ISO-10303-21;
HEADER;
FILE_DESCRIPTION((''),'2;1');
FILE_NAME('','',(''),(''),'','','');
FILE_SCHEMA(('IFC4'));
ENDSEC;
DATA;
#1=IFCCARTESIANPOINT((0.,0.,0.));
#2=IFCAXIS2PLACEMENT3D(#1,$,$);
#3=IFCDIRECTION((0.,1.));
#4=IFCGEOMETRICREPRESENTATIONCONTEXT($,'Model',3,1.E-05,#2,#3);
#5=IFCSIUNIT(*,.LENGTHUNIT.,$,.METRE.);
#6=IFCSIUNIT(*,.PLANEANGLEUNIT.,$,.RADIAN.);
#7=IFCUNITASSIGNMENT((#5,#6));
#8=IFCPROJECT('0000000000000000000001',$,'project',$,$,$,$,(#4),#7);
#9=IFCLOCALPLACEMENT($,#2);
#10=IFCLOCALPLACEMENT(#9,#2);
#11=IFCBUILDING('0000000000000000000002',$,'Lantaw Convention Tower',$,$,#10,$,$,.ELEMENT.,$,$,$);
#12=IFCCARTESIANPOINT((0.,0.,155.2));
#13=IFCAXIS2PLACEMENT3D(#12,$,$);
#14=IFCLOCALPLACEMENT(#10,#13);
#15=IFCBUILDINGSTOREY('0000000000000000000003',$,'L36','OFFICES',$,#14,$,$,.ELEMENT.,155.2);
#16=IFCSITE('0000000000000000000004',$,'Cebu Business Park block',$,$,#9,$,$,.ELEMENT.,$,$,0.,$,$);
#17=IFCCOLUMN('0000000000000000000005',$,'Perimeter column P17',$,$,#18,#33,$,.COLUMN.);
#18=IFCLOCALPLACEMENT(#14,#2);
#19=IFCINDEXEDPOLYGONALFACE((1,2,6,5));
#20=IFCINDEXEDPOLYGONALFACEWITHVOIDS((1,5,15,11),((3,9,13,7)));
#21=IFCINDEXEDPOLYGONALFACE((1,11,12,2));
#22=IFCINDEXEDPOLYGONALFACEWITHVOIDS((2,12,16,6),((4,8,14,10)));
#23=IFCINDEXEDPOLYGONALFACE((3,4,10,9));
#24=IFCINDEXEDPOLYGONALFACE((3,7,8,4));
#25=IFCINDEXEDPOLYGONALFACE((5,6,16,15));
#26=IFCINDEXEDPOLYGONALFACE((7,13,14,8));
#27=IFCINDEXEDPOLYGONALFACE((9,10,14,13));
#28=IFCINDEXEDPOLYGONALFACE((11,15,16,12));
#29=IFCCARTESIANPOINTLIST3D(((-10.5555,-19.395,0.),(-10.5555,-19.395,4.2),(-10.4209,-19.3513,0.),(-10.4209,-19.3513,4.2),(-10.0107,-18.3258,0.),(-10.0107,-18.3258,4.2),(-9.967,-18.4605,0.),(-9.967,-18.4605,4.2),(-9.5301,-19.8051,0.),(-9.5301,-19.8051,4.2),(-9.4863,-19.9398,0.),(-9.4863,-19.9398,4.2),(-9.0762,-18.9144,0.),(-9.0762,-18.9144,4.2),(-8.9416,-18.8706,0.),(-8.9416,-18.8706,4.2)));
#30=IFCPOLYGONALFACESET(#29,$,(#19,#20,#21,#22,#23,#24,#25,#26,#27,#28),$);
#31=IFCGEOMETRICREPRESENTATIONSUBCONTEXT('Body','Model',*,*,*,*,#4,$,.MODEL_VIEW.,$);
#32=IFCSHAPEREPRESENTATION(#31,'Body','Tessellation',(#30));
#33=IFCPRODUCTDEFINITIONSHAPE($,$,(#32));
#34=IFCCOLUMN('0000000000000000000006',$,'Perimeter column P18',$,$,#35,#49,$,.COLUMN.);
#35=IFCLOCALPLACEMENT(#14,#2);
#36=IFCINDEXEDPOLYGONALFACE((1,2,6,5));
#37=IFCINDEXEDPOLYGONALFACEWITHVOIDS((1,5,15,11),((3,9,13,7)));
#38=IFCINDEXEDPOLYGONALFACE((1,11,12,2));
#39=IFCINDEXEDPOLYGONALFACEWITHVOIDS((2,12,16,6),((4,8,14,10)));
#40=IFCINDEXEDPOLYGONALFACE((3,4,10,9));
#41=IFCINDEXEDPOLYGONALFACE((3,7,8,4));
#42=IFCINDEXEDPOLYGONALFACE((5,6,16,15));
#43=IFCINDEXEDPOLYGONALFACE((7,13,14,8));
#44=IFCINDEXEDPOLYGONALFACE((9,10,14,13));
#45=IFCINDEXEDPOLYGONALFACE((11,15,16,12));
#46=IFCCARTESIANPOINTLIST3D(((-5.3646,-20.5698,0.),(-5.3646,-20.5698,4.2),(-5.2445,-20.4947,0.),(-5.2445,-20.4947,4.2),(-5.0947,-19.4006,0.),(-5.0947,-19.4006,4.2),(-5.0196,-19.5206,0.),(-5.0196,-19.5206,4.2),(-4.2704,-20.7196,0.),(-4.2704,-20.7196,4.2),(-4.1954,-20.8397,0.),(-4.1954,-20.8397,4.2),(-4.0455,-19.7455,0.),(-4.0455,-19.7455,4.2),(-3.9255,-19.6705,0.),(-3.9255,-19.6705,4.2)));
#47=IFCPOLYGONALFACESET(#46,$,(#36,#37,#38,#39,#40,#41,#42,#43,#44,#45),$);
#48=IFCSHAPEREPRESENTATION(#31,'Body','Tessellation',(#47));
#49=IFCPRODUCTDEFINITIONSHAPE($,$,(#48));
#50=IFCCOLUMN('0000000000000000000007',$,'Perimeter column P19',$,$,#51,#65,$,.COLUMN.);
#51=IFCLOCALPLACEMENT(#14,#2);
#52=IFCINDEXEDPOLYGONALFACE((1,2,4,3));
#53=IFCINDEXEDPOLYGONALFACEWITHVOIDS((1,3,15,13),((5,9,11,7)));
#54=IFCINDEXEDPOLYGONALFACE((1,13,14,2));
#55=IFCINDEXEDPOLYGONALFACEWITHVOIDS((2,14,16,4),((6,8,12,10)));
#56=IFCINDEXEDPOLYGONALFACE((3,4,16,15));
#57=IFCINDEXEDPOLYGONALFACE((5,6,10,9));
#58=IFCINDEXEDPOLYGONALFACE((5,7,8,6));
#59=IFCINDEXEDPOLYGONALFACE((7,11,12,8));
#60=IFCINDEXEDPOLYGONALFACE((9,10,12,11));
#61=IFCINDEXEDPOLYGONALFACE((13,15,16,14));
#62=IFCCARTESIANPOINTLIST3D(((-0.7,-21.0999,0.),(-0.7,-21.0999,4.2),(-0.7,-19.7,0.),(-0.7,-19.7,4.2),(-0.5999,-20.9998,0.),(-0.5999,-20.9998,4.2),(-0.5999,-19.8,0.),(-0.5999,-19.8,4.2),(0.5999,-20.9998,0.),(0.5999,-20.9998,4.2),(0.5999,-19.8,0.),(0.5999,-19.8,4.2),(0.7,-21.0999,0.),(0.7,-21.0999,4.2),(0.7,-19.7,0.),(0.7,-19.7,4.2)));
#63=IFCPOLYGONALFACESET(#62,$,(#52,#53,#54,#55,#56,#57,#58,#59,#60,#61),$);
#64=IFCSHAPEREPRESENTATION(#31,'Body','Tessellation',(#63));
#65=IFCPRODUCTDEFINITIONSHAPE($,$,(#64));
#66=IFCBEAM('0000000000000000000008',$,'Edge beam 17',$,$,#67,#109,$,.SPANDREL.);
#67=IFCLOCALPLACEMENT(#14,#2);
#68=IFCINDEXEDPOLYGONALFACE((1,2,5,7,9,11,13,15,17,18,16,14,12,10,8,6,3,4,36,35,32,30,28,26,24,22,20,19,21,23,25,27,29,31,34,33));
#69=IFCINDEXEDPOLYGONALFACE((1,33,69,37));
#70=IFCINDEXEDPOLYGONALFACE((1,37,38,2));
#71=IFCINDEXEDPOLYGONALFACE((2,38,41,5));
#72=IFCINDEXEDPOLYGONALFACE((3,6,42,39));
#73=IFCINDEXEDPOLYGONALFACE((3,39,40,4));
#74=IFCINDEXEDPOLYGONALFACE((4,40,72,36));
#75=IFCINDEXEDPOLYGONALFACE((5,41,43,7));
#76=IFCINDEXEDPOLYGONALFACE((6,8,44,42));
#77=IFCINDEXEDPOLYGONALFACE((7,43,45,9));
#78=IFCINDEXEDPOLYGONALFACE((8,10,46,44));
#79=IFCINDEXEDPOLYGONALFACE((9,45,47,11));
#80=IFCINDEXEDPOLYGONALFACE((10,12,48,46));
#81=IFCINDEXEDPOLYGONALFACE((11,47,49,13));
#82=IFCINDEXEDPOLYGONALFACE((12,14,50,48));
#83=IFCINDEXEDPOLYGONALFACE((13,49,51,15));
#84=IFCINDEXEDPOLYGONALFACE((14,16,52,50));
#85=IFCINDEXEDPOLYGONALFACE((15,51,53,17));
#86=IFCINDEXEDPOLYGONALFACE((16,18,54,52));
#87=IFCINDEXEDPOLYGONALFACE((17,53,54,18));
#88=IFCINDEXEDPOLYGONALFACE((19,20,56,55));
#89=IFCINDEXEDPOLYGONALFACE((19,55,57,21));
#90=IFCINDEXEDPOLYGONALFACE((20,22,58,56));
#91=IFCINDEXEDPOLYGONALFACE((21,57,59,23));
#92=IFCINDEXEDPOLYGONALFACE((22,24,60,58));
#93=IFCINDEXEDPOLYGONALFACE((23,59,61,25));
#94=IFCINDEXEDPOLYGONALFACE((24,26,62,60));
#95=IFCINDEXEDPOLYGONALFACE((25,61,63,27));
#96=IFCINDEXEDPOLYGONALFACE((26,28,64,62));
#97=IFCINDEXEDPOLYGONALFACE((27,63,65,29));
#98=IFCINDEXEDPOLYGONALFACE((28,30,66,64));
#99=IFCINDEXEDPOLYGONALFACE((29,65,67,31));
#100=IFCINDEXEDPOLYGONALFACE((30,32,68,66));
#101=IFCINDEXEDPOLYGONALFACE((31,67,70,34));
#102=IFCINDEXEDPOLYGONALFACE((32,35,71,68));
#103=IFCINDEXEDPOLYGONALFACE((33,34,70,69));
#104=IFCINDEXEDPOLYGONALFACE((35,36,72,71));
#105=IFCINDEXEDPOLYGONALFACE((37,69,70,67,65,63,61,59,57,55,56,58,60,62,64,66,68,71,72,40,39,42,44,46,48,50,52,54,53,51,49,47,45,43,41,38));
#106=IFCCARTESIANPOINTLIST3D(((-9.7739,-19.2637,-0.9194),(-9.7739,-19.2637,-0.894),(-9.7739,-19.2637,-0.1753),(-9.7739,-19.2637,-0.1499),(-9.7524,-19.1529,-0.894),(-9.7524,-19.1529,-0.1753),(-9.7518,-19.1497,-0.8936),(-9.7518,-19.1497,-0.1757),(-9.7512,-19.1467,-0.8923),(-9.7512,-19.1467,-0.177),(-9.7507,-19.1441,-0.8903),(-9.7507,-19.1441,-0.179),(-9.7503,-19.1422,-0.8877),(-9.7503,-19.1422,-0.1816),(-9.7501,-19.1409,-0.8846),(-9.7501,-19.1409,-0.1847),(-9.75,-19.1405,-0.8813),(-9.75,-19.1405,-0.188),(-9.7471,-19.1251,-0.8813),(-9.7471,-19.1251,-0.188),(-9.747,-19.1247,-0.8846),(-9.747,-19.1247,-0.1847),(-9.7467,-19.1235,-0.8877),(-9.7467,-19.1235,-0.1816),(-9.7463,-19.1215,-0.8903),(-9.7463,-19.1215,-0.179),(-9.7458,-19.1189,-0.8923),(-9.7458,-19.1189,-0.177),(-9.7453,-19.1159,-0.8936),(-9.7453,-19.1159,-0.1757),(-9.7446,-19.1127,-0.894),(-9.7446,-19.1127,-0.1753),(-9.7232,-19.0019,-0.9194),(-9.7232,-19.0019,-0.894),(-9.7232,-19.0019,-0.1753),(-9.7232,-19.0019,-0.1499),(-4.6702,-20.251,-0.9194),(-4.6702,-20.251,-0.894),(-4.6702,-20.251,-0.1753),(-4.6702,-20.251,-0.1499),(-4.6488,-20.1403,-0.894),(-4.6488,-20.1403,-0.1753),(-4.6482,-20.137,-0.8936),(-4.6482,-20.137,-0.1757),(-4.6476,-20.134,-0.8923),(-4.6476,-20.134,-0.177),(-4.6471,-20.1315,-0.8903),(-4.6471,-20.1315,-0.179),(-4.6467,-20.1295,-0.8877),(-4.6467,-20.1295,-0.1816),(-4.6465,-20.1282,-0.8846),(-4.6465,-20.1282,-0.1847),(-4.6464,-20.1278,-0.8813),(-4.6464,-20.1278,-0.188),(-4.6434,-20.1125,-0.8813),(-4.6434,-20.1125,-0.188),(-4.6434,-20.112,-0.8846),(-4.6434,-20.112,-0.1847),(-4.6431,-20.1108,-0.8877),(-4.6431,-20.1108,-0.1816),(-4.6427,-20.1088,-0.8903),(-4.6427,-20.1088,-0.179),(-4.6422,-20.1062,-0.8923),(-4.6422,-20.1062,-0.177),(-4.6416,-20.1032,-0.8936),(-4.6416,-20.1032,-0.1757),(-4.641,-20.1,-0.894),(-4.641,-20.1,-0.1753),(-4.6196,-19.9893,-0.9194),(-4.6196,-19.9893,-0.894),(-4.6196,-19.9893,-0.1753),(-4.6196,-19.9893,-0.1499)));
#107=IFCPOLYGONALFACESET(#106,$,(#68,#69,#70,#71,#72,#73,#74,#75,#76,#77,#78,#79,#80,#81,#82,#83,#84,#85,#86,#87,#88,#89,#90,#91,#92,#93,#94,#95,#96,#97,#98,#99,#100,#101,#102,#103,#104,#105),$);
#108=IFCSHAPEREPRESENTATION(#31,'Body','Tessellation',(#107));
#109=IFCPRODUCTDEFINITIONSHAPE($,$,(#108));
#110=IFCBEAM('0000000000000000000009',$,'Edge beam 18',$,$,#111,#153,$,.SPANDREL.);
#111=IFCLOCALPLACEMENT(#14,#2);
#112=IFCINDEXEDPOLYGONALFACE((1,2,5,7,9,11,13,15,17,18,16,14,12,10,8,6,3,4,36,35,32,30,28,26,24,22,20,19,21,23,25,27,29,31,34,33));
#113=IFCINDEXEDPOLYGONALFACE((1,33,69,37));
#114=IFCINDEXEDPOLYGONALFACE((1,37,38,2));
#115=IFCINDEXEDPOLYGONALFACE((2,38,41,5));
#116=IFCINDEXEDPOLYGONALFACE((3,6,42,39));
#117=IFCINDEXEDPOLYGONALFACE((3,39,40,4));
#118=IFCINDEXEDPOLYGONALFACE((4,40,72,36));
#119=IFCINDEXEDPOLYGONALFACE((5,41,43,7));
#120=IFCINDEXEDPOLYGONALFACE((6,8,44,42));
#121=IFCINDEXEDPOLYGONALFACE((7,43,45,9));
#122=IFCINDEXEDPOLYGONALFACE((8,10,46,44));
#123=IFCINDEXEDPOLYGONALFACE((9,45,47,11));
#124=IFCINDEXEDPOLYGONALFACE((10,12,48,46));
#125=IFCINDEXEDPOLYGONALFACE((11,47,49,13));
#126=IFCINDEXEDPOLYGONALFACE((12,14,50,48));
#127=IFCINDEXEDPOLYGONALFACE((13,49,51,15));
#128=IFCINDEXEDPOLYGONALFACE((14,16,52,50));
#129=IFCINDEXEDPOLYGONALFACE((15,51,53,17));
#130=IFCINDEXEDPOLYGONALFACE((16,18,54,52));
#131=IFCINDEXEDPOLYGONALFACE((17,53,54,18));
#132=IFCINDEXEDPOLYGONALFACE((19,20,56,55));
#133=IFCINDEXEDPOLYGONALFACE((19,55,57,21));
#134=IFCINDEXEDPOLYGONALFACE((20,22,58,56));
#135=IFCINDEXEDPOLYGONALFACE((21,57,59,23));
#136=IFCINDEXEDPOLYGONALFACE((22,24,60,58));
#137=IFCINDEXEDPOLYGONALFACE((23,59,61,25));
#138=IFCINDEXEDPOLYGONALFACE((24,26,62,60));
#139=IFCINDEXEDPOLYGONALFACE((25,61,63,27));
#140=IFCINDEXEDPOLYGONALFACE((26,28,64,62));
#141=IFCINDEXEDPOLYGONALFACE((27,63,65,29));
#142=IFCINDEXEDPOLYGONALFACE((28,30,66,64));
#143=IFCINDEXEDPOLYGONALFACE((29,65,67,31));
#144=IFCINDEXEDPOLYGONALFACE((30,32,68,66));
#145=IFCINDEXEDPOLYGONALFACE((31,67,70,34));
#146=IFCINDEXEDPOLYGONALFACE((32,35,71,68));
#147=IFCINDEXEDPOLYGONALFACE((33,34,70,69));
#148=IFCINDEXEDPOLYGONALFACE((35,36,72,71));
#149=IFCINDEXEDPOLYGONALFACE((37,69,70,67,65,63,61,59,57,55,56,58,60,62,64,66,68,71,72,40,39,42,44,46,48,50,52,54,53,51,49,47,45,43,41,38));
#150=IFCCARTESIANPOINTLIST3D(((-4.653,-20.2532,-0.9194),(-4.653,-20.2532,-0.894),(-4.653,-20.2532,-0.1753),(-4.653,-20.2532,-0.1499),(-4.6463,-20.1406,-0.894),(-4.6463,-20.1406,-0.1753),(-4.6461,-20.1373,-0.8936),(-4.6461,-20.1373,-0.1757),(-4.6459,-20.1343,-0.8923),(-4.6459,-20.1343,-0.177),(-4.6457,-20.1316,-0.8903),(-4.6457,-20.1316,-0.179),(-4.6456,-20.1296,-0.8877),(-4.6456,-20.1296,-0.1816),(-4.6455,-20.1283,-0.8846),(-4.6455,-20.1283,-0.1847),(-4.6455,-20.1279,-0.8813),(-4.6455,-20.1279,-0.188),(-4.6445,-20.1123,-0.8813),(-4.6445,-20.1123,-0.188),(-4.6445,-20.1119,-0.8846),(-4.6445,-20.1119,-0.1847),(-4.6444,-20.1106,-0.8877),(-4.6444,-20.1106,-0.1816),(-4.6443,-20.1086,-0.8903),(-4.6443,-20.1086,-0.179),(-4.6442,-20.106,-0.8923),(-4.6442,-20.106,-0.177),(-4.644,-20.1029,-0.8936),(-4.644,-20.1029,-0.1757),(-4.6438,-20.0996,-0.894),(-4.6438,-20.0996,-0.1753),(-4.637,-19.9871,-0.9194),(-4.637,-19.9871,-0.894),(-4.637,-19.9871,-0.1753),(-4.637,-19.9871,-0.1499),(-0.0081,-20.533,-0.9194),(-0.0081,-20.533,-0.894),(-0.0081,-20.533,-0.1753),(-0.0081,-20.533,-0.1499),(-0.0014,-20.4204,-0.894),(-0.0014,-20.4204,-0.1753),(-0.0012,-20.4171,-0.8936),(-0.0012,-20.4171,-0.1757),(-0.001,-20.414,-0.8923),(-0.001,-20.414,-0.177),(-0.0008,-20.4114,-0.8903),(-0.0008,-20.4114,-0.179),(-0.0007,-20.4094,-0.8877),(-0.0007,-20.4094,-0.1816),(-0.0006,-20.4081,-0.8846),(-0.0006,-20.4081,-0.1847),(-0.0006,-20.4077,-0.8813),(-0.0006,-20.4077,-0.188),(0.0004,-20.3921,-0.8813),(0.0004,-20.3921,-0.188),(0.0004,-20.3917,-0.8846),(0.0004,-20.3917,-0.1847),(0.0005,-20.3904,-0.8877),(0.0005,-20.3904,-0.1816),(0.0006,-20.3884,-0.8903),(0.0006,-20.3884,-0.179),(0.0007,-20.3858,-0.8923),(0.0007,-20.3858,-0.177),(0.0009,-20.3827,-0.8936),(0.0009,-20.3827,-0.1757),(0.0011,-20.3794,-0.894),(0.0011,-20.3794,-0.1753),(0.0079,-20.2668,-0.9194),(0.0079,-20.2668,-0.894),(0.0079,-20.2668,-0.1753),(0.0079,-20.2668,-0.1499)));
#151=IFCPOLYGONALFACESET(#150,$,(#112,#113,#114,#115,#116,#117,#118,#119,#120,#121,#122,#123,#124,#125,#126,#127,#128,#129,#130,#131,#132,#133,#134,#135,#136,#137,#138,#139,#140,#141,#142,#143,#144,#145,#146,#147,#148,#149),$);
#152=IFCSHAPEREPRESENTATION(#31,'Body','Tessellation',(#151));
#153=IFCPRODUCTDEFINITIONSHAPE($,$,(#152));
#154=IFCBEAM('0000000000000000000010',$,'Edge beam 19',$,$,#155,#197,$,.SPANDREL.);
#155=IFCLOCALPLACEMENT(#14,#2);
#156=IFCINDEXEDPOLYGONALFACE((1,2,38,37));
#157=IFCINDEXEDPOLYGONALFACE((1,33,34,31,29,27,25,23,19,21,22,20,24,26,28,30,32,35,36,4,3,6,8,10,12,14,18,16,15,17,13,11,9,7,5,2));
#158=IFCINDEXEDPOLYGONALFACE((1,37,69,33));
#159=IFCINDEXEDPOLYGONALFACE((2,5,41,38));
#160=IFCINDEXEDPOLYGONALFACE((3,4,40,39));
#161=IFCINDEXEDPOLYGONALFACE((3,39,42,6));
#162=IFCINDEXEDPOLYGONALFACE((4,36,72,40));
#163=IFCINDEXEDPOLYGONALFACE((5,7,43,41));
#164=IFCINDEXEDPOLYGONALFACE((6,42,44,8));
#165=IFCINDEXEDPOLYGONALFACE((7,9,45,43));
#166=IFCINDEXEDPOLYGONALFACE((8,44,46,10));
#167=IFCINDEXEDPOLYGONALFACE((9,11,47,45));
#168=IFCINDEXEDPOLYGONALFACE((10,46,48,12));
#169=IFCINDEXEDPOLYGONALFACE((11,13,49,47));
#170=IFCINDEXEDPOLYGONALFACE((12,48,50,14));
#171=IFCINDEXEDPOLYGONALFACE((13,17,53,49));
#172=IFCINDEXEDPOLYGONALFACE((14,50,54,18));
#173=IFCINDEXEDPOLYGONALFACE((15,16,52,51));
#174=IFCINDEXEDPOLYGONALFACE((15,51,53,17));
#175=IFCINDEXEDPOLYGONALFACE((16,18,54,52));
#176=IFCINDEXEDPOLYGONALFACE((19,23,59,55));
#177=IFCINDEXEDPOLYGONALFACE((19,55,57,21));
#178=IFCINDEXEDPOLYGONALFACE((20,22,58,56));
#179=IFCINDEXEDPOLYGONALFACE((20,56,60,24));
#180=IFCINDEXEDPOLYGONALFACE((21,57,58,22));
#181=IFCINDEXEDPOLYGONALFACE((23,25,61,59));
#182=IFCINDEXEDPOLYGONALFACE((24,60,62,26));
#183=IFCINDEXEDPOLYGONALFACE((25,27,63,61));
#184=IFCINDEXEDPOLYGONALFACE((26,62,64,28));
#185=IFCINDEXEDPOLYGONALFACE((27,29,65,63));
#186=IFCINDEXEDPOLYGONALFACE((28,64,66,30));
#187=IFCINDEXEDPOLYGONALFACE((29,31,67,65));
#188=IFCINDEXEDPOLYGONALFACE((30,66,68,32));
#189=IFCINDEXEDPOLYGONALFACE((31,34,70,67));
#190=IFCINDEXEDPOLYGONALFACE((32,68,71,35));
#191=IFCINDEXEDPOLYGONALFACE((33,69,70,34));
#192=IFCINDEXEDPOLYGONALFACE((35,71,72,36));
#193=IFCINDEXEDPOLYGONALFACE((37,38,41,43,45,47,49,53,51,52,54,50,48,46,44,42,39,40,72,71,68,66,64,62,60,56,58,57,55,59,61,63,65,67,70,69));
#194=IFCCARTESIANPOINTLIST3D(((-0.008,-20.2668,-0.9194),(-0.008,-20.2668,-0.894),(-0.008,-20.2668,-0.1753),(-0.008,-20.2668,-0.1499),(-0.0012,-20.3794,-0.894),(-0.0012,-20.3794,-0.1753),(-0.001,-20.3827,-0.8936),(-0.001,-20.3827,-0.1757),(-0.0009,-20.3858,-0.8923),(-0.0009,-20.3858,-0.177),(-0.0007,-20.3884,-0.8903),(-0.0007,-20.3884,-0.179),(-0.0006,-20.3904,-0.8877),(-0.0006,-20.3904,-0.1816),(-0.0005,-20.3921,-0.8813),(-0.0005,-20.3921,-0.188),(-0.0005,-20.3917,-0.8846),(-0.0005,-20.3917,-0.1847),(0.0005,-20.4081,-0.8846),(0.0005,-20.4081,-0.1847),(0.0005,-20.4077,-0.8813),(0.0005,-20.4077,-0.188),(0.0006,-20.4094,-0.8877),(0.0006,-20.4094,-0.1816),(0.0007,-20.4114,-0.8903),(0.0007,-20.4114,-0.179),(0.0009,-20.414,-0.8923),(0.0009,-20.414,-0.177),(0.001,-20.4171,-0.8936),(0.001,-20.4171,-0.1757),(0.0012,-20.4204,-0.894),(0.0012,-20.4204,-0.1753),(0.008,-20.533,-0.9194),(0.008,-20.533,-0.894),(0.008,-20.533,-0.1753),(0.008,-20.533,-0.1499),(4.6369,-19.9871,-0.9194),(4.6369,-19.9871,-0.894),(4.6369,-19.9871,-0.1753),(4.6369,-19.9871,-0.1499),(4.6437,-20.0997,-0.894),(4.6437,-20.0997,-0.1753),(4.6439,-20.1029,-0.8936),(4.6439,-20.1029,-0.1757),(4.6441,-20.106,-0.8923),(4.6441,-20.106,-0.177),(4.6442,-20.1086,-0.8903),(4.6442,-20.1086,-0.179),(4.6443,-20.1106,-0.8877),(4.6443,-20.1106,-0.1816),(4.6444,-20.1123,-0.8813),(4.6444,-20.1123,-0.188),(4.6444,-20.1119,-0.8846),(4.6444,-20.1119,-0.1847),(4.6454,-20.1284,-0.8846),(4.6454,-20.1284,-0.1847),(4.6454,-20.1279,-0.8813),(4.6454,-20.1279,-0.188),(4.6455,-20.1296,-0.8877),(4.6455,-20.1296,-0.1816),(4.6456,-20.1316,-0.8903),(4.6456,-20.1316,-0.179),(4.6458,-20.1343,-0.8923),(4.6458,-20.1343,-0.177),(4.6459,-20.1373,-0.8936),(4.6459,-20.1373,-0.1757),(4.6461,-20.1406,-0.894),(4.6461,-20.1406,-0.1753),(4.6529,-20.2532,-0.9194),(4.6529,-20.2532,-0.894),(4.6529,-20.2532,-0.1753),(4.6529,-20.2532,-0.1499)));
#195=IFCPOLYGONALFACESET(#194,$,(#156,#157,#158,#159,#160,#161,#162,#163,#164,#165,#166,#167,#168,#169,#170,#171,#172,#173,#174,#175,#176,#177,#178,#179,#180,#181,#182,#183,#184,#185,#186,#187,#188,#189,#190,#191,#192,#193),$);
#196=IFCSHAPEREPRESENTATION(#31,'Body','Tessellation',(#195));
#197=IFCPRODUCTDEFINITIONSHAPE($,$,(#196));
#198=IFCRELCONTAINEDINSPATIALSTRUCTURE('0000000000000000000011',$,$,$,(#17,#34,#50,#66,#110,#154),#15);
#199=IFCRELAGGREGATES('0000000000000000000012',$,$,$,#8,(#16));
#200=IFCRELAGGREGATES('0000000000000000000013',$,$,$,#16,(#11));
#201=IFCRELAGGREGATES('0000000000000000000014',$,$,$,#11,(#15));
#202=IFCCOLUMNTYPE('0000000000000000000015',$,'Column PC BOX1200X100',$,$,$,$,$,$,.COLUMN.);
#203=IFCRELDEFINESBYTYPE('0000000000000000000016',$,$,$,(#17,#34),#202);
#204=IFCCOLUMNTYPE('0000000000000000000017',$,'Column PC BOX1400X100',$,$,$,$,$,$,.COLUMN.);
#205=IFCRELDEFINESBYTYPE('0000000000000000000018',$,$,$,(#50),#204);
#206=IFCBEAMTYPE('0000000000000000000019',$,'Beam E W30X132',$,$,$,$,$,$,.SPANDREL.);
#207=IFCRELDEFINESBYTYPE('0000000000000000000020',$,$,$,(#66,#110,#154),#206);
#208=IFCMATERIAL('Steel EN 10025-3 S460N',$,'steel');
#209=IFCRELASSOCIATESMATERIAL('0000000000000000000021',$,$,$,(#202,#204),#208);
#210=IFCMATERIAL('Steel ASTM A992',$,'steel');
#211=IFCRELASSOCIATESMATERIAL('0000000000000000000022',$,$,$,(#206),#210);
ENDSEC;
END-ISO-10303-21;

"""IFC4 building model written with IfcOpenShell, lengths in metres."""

from ifc_helpers import new_model, si_unit, direction, frame, origin, origin_2d, place, context, subcontext, project, spatial, rectangle, hollow_rectangle, i_section, extrude, material, material_profile, profile_set, type_object, element, save


model = new_model("IFC4")

# Units and contexts
model_context = context("Model", 3, precision=1e-05, world=origin(), true_north=direction((0.0, 1.0)))
body_context = subcontext(model_context, "Body", "Model", "MODEL_VIEW")
ifc_project = project(units=[si_unit("LENGTHUNIT", "METRE"), si_unit("PLANEANGLEUNIT", "RADIAN")], contexts=[model_context])

# Site, building, storey
site_placement = place(None, origin())
site = spatial("IfcSite", under=ifc_project, at=site_placement, Name="Cebu Business Park block", CompositionType="ELEMENT", RefElevation=0.0)
building_placement = place(site_placement, origin())
building = spatial("IfcBuilding", under=site, at=building_placement, Name="Lantaw Convention Tower", CompositionType="ELEMENT")
storey_placement = place(building_placement, frame((0.0, 0.0, 155.2)))
storey = spatial("IfcBuildingStorey", under=building, at=storey_placement, Name="L36", Description="OFFICES", CompositionType="ELEMENT", Elevation=155.2)

# Columns
ifc_material_1 = material(Name="Steel EN 10025-3 S460N", Category="steel")
ifc_material_profile_1 = material_profile(ifc_material_1, hollow_rectangle(XDim=1.2, YDim=1.2, WallThickness=0.1001, at=origin_2d()), Name="BOX1200X100")
ifc_material_2 = material(Name="Concrete C60/75", Category="concrete")
ifc_material_profile_2 = material_profile(ifc_material_2, rectangle(XDim=1.0, YDim=1.0, at=origin_2d()), Name="Concrete fill of BOX1200X100")
ifc_profile_set_1 = profile_set([ifc_material_profile_1, ifc_material_profile_2], Name="Steel EN 10025-3 S460N")
column_type_1 = type_object("IfcColumnType", Name="Column PC BOX1200X100", PredefinedType="COLUMN", material=ifc_profile_set_1)
for number, where, z_axis, x_axis, name in (
    (1, (-9.7485, -19.1328, 0.0), (0.0, 0.0, 1.0), (0.45399, 0.891007, 0.0), "Perimeter column P17"),
    (2, (-4.645, -20.1201, 0.0), (0.0, 0.0, 1.0), (0.224951, 0.97437, 0.0), "Perimeter column P18"),
):
    element("IfcColumn", number, at=place(storey_placement, frame(where, z_axis=z_axis, x_axis=x_axis)), inside=storey, type_object=column_type_1, Name=name, PredefinedType="COLUMN", context=body_context, shape_type="SweptSolid", body=[
        extrude(hollow_rectangle(XDim=1.2, YDim=1.2, WallThickness=0.1001, at=origin_2d()), origin(), (0.0, 0.0, 1.0), 4.2),
    ])
ifc_material_profile_3 = material_profile(ifc_material_1, hollow_rectangle(XDim=1.3999, YDim=1.3999, WallThickness=0.1001, at=origin_2d()), Name="BOX1400X100")
ifc_material_profile_4 = material_profile(ifc_material_2, rectangle(XDim=1.2, YDim=1.2, at=origin_2d()), Name="Concrete fill of BOX1400X100")
ifc_profile_set_2 = profile_set([ifc_material_profile_3, ifc_material_profile_4], Name="Steel EN 10025-3 S460N")
column_type_2 = type_object("IfcColumnType", Name="Column PC BOX1400X100", PredefinedType="COLUMN", material=ifc_profile_set_2)
column_placement = place(storey_placement, frame((0.0, -20.3999, 0.0), z_axis=(0.0, 0.0, 1.0), x_axis=(1.0, 0.0, 0.0)))
element("IfcColumn", 3, at=column_placement, inside=storey, type_object=column_type_2, Name="Perimeter column P19", PredefinedType="COLUMN", context=body_context, shape_type="SweptSolid", body=[
    extrude(hollow_rectangle(XDim=1.3999, YDim=1.3999, WallThickness=0.1001, at=origin_2d()), origin(), (0.0, 0.0, 1.0), 4.2),
])

# Beams
ifc_material_3 = material(Name="Steel ASTM A992", Category="steel")
ifc_material_profile_5 = material_profile(ifc_material_3, i_section(OverallWidth=0.2666, OverallDepth=0.7695, WebThickness=0.0156, FlangeThickness=0.0254, FilletRadius=0.0127, at=origin_2d()), Name="W30X132")
ifc_profile_set_3 = profile_set([ifc_material_profile_5], Name="Steel ASTM A992")
beam_type_1 = type_object("IfcBeamType", Name="Beam E W30X132", PredefinedType="SPANDREL", material=ifc_profile_set_3)
beam_1_placement = place(storey_placement, frame((-9.7485, -19.1328, -0.5347), z_axis=(0.981797, -0.189934, 0.0), x_axis=(0.189934, 0.981797, 0.0)))
element("IfcBeam", 4, at=beam_1_placement, inside=storey, type_object=beam_type_1, Name="Edge beam 17", PredefinedType="SPANDREL", context=body_context, shape_type="SweptSolid", body=[
    extrude(i_section(OverallWidth=0.2666, OverallDepth=0.7695, WebThickness=0.0156, FlangeThickness=0.0254, FilletRadius=0.0127, at=origin_2d()), origin(), (0.0, 0.0, 1.0), 5.1982),
])
for number, where, z_axis, x_axis, name in (
    (5, (-4.645, -20.1201, -0.5347), (0.998191, -0.060124, 0.0), (0.060124, 0.998191, 0.0), "Edge beam 18"),
    (6, (0.0, -20.3999, -0.5347), (0.998191, 0.060124, 0.0), (-0.060124, 0.998191, 0.0), "Edge beam 19"),
):
    element("IfcBeam", number, at=place(storey_placement, frame(where, z_axis=z_axis, x_axis=x_axis)), inside=storey, type_object=beam_type_1, Name=name, PredefinedType="SPANDREL", context=body_context, shape_type="SweptSolid", body=[
        extrude(i_section(OverallWidth=0.2666, OverallDepth=0.7695, WebThickness=0.0156, FlangeThickness=0.0254, FilletRadius=0.0127, at=origin_2d()), origin(), (0.0, 0.0, 1.0), 4.6533),
    ])

save(model, "model.ifc")
